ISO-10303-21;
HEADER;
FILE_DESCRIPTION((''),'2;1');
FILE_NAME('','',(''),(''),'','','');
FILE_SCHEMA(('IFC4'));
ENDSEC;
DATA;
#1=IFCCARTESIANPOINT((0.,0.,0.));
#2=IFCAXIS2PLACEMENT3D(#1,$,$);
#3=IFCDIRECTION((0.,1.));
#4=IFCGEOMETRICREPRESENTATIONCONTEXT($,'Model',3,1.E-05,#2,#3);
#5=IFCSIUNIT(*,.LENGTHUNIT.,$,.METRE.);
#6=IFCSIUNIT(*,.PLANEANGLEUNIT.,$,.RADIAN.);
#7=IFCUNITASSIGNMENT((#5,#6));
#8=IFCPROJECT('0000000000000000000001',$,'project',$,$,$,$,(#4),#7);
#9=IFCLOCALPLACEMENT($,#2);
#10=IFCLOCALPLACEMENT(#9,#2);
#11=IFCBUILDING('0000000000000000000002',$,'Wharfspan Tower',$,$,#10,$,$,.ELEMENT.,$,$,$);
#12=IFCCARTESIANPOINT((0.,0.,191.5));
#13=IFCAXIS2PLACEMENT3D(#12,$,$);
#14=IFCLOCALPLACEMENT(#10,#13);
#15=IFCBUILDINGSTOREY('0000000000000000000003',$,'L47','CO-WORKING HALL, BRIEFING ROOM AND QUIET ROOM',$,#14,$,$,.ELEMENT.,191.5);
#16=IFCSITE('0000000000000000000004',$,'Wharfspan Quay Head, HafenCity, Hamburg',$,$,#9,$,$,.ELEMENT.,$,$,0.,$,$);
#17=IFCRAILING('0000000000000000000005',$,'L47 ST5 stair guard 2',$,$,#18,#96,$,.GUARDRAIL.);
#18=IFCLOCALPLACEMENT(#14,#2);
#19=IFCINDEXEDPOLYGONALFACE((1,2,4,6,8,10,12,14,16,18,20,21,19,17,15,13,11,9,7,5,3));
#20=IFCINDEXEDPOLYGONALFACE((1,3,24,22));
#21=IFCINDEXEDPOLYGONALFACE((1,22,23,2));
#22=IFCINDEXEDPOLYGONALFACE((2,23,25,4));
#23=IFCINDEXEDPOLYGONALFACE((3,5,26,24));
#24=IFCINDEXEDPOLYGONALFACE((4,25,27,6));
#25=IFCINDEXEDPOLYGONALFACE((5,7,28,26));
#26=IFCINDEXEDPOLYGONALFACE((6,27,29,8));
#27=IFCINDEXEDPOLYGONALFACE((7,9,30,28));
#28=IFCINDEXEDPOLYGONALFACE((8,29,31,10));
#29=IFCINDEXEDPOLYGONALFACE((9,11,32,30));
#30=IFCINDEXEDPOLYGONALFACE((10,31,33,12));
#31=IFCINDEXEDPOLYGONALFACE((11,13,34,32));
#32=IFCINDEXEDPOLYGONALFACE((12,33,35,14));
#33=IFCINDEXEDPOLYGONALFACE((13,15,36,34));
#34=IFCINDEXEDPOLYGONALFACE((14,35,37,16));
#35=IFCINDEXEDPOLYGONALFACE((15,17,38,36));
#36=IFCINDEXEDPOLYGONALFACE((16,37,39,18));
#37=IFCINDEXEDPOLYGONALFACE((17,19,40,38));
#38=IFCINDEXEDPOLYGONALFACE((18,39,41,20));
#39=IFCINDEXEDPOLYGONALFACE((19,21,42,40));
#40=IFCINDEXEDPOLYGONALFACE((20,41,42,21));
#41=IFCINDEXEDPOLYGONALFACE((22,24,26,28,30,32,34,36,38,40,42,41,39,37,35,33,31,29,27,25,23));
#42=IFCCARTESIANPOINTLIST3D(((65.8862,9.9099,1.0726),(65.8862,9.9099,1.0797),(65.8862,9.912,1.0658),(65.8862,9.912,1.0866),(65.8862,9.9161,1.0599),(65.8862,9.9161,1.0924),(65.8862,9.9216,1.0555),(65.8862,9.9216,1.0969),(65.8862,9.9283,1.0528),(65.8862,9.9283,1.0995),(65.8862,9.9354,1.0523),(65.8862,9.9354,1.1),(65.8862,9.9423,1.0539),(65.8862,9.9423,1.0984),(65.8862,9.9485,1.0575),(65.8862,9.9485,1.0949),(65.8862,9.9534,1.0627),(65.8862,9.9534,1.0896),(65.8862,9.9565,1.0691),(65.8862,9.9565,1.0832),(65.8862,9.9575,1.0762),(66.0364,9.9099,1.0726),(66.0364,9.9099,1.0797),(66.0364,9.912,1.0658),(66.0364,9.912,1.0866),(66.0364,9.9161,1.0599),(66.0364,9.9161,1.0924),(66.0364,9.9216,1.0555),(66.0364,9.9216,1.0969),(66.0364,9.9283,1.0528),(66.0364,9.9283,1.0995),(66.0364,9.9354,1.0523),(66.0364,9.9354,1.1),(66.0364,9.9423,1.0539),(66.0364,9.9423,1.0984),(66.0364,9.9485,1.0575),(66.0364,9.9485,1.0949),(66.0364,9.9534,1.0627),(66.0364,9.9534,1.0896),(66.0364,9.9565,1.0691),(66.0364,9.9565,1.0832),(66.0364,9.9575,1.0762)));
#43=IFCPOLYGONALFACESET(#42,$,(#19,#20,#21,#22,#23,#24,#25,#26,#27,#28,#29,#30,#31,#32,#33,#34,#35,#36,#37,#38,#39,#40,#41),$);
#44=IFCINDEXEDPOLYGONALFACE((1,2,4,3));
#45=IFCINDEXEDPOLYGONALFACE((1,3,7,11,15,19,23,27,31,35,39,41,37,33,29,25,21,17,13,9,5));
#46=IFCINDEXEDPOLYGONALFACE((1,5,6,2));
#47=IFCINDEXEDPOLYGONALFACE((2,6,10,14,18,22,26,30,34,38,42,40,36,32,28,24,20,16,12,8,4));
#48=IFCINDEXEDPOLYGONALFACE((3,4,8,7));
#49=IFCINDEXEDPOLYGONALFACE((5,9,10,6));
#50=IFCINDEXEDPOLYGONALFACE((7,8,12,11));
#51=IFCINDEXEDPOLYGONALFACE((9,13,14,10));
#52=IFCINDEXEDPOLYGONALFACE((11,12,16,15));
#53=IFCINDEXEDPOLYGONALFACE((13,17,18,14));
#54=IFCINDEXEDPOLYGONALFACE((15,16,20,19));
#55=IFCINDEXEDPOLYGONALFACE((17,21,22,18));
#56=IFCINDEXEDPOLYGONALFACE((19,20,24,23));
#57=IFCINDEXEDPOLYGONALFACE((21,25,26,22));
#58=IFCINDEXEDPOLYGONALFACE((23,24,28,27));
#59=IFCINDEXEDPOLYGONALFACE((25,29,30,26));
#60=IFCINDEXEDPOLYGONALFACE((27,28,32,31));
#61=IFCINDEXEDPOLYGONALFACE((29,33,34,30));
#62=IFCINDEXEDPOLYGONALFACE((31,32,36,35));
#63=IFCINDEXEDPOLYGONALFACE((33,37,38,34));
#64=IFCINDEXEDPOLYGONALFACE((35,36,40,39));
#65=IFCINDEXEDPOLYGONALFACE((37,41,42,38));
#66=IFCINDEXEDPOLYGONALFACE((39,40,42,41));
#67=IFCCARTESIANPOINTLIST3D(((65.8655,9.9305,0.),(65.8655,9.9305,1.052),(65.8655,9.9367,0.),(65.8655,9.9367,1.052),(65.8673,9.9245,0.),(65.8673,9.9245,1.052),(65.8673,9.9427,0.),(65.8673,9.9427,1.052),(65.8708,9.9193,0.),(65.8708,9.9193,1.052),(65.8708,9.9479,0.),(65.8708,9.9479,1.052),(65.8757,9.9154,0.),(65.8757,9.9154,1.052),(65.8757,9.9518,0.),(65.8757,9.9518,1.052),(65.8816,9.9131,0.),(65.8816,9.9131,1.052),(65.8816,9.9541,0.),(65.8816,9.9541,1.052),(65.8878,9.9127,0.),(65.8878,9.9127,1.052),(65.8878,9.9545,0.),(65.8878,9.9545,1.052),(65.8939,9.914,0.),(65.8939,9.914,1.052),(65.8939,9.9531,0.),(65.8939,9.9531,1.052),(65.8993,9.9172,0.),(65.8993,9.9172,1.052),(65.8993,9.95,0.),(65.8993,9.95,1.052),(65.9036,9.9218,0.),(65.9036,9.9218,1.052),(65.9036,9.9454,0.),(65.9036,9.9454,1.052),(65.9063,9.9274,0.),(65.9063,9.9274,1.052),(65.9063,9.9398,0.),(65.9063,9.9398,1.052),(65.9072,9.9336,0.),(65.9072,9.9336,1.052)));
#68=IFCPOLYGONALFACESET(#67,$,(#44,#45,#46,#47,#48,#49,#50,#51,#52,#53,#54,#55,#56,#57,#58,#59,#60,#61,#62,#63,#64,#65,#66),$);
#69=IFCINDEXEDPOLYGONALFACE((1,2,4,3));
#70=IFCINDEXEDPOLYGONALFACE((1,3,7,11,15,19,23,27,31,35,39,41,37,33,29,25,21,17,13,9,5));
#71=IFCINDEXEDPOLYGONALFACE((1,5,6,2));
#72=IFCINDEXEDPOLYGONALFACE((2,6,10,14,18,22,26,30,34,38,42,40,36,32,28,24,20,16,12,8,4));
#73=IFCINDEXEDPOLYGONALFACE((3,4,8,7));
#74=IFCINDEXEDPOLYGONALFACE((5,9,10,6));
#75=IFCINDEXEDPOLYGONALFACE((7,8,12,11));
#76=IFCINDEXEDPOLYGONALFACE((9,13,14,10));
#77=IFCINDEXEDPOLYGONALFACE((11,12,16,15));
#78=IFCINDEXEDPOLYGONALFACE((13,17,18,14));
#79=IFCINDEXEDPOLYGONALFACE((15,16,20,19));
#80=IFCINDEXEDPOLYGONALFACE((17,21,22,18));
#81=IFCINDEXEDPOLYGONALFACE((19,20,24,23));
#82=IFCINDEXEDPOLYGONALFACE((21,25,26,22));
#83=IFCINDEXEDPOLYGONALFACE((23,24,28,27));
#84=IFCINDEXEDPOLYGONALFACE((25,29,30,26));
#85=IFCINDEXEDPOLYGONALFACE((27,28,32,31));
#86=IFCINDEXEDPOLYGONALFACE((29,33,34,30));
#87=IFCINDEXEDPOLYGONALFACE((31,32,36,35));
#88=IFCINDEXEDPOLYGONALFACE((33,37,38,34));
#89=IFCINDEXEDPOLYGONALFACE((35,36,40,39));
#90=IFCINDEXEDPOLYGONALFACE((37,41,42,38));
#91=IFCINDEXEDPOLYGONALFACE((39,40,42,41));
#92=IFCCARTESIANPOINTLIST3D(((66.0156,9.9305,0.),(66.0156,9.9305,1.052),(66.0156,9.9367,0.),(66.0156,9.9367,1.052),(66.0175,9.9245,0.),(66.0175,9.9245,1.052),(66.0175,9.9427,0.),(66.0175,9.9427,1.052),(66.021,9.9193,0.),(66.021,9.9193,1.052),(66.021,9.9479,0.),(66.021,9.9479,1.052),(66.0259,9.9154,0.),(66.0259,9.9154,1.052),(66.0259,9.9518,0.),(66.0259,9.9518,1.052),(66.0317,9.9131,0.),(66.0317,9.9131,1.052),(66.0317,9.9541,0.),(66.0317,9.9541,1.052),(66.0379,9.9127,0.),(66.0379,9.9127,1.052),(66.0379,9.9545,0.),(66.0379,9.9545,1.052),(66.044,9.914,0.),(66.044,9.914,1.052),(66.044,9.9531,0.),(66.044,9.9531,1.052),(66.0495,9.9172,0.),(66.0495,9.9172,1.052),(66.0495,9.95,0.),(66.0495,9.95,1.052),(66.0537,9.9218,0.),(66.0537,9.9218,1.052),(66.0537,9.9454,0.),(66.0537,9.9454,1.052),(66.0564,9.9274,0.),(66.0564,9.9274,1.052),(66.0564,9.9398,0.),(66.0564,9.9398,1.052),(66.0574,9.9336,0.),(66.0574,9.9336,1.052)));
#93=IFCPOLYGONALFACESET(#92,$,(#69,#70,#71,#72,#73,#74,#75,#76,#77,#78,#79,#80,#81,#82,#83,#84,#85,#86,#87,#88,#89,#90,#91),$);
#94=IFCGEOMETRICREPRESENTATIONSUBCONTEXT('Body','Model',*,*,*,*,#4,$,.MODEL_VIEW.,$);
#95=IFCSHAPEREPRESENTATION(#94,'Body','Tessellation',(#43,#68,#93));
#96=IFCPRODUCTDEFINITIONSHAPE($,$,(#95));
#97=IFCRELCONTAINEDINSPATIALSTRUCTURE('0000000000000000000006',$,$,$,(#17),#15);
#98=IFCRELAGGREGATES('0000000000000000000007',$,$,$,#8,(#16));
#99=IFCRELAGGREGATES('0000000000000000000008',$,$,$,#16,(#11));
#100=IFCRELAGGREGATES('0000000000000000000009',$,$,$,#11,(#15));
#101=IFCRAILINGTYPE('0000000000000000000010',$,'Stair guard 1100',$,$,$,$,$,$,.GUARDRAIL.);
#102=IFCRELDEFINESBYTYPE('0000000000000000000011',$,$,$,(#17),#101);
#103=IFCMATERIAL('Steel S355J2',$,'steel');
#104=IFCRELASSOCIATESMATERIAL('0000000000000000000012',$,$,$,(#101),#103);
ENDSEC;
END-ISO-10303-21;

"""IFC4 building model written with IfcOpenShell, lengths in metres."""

from ifc_helpers import new_model, si_unit, direction, frame, origin, origin_2d, place, context, subcontext, project, spatial, circle, extrude, material, type_object, element, save


model = new_model("IFC4")

# Units and contexts
model_context = context("Model", 3, precision=1e-05, world=origin(), true_north=direction((0.0, 1.0)))
body_context = subcontext(model_context, "Body", "Model", "MODEL_VIEW")
ifc_project = project(units=[si_unit("LENGTHUNIT", "METRE"), si_unit("PLANEANGLEUNIT", "RADIAN")], contexts=[model_context])

# Site, building, storey
site_placement = place(None, origin())
site = spatial("IfcSite", under=ifc_project, at=site_placement, Name="Wharfspan Quay Head, HafenCity, Hamburg", CompositionType="ELEMENT", RefElevation=0.0)
building_placement = place(site_placement, origin())
building = spatial("IfcBuilding", under=site, at=building_placement, Name="Wharfspan Tower", CompositionType="ELEMENT")
storey_placement = place(building_placement, frame((0.0, 0.0, 191.5)))
storey = spatial("IfcBuildingStorey", under=building, at=storey_placement, Name="L47", Description="CO-WORKING HALL, BRIEFING ROOM AND QUIET ROOM", CompositionType="ELEMENT", Elevation=191.5)

# Shared definitions
ifc_material_1 = material(Name="Steel S355J2", Category="steel")

# Railing
railing_type_1 = type_object("IfcRailingType", Name="Stair guard 1100", PredefinedType="GUARDRAIL", material=ifc_material_1)
railing_1_placement = place(storey_placement, frame((65.8862, 9.9336, 0.0)))
element("IfcRailing", 1, at=railing_1_placement, inside=storey, type_object=railing_type_1, Name="L47 ST5 stair guard 2", PredefinedType="GUARDRAIL", context=body_context, shape_type="SweptSolid", body=[
    extrude(circle(Radius=0.0239, at=origin_2d()), frame((0.0, 0.0, 1.0762), z_axis=(1.0, 0.0, 0.0), x_axis=(0.0, 1.0, 0.0)), (0.0, 0.0, 1.0), 0.1501),
    extrude(circle(Radius=0.021, at=origin_2d()), origin(), (0.0, 0.0, 1.0), 1.052),
    extrude(circle(Radius=0.021, at=origin_2d()), frame((0.1501, 0.0, 0.0)), (0.0, 0.0, 1.0), 1.052),
])

save(model, "model.ifc")
